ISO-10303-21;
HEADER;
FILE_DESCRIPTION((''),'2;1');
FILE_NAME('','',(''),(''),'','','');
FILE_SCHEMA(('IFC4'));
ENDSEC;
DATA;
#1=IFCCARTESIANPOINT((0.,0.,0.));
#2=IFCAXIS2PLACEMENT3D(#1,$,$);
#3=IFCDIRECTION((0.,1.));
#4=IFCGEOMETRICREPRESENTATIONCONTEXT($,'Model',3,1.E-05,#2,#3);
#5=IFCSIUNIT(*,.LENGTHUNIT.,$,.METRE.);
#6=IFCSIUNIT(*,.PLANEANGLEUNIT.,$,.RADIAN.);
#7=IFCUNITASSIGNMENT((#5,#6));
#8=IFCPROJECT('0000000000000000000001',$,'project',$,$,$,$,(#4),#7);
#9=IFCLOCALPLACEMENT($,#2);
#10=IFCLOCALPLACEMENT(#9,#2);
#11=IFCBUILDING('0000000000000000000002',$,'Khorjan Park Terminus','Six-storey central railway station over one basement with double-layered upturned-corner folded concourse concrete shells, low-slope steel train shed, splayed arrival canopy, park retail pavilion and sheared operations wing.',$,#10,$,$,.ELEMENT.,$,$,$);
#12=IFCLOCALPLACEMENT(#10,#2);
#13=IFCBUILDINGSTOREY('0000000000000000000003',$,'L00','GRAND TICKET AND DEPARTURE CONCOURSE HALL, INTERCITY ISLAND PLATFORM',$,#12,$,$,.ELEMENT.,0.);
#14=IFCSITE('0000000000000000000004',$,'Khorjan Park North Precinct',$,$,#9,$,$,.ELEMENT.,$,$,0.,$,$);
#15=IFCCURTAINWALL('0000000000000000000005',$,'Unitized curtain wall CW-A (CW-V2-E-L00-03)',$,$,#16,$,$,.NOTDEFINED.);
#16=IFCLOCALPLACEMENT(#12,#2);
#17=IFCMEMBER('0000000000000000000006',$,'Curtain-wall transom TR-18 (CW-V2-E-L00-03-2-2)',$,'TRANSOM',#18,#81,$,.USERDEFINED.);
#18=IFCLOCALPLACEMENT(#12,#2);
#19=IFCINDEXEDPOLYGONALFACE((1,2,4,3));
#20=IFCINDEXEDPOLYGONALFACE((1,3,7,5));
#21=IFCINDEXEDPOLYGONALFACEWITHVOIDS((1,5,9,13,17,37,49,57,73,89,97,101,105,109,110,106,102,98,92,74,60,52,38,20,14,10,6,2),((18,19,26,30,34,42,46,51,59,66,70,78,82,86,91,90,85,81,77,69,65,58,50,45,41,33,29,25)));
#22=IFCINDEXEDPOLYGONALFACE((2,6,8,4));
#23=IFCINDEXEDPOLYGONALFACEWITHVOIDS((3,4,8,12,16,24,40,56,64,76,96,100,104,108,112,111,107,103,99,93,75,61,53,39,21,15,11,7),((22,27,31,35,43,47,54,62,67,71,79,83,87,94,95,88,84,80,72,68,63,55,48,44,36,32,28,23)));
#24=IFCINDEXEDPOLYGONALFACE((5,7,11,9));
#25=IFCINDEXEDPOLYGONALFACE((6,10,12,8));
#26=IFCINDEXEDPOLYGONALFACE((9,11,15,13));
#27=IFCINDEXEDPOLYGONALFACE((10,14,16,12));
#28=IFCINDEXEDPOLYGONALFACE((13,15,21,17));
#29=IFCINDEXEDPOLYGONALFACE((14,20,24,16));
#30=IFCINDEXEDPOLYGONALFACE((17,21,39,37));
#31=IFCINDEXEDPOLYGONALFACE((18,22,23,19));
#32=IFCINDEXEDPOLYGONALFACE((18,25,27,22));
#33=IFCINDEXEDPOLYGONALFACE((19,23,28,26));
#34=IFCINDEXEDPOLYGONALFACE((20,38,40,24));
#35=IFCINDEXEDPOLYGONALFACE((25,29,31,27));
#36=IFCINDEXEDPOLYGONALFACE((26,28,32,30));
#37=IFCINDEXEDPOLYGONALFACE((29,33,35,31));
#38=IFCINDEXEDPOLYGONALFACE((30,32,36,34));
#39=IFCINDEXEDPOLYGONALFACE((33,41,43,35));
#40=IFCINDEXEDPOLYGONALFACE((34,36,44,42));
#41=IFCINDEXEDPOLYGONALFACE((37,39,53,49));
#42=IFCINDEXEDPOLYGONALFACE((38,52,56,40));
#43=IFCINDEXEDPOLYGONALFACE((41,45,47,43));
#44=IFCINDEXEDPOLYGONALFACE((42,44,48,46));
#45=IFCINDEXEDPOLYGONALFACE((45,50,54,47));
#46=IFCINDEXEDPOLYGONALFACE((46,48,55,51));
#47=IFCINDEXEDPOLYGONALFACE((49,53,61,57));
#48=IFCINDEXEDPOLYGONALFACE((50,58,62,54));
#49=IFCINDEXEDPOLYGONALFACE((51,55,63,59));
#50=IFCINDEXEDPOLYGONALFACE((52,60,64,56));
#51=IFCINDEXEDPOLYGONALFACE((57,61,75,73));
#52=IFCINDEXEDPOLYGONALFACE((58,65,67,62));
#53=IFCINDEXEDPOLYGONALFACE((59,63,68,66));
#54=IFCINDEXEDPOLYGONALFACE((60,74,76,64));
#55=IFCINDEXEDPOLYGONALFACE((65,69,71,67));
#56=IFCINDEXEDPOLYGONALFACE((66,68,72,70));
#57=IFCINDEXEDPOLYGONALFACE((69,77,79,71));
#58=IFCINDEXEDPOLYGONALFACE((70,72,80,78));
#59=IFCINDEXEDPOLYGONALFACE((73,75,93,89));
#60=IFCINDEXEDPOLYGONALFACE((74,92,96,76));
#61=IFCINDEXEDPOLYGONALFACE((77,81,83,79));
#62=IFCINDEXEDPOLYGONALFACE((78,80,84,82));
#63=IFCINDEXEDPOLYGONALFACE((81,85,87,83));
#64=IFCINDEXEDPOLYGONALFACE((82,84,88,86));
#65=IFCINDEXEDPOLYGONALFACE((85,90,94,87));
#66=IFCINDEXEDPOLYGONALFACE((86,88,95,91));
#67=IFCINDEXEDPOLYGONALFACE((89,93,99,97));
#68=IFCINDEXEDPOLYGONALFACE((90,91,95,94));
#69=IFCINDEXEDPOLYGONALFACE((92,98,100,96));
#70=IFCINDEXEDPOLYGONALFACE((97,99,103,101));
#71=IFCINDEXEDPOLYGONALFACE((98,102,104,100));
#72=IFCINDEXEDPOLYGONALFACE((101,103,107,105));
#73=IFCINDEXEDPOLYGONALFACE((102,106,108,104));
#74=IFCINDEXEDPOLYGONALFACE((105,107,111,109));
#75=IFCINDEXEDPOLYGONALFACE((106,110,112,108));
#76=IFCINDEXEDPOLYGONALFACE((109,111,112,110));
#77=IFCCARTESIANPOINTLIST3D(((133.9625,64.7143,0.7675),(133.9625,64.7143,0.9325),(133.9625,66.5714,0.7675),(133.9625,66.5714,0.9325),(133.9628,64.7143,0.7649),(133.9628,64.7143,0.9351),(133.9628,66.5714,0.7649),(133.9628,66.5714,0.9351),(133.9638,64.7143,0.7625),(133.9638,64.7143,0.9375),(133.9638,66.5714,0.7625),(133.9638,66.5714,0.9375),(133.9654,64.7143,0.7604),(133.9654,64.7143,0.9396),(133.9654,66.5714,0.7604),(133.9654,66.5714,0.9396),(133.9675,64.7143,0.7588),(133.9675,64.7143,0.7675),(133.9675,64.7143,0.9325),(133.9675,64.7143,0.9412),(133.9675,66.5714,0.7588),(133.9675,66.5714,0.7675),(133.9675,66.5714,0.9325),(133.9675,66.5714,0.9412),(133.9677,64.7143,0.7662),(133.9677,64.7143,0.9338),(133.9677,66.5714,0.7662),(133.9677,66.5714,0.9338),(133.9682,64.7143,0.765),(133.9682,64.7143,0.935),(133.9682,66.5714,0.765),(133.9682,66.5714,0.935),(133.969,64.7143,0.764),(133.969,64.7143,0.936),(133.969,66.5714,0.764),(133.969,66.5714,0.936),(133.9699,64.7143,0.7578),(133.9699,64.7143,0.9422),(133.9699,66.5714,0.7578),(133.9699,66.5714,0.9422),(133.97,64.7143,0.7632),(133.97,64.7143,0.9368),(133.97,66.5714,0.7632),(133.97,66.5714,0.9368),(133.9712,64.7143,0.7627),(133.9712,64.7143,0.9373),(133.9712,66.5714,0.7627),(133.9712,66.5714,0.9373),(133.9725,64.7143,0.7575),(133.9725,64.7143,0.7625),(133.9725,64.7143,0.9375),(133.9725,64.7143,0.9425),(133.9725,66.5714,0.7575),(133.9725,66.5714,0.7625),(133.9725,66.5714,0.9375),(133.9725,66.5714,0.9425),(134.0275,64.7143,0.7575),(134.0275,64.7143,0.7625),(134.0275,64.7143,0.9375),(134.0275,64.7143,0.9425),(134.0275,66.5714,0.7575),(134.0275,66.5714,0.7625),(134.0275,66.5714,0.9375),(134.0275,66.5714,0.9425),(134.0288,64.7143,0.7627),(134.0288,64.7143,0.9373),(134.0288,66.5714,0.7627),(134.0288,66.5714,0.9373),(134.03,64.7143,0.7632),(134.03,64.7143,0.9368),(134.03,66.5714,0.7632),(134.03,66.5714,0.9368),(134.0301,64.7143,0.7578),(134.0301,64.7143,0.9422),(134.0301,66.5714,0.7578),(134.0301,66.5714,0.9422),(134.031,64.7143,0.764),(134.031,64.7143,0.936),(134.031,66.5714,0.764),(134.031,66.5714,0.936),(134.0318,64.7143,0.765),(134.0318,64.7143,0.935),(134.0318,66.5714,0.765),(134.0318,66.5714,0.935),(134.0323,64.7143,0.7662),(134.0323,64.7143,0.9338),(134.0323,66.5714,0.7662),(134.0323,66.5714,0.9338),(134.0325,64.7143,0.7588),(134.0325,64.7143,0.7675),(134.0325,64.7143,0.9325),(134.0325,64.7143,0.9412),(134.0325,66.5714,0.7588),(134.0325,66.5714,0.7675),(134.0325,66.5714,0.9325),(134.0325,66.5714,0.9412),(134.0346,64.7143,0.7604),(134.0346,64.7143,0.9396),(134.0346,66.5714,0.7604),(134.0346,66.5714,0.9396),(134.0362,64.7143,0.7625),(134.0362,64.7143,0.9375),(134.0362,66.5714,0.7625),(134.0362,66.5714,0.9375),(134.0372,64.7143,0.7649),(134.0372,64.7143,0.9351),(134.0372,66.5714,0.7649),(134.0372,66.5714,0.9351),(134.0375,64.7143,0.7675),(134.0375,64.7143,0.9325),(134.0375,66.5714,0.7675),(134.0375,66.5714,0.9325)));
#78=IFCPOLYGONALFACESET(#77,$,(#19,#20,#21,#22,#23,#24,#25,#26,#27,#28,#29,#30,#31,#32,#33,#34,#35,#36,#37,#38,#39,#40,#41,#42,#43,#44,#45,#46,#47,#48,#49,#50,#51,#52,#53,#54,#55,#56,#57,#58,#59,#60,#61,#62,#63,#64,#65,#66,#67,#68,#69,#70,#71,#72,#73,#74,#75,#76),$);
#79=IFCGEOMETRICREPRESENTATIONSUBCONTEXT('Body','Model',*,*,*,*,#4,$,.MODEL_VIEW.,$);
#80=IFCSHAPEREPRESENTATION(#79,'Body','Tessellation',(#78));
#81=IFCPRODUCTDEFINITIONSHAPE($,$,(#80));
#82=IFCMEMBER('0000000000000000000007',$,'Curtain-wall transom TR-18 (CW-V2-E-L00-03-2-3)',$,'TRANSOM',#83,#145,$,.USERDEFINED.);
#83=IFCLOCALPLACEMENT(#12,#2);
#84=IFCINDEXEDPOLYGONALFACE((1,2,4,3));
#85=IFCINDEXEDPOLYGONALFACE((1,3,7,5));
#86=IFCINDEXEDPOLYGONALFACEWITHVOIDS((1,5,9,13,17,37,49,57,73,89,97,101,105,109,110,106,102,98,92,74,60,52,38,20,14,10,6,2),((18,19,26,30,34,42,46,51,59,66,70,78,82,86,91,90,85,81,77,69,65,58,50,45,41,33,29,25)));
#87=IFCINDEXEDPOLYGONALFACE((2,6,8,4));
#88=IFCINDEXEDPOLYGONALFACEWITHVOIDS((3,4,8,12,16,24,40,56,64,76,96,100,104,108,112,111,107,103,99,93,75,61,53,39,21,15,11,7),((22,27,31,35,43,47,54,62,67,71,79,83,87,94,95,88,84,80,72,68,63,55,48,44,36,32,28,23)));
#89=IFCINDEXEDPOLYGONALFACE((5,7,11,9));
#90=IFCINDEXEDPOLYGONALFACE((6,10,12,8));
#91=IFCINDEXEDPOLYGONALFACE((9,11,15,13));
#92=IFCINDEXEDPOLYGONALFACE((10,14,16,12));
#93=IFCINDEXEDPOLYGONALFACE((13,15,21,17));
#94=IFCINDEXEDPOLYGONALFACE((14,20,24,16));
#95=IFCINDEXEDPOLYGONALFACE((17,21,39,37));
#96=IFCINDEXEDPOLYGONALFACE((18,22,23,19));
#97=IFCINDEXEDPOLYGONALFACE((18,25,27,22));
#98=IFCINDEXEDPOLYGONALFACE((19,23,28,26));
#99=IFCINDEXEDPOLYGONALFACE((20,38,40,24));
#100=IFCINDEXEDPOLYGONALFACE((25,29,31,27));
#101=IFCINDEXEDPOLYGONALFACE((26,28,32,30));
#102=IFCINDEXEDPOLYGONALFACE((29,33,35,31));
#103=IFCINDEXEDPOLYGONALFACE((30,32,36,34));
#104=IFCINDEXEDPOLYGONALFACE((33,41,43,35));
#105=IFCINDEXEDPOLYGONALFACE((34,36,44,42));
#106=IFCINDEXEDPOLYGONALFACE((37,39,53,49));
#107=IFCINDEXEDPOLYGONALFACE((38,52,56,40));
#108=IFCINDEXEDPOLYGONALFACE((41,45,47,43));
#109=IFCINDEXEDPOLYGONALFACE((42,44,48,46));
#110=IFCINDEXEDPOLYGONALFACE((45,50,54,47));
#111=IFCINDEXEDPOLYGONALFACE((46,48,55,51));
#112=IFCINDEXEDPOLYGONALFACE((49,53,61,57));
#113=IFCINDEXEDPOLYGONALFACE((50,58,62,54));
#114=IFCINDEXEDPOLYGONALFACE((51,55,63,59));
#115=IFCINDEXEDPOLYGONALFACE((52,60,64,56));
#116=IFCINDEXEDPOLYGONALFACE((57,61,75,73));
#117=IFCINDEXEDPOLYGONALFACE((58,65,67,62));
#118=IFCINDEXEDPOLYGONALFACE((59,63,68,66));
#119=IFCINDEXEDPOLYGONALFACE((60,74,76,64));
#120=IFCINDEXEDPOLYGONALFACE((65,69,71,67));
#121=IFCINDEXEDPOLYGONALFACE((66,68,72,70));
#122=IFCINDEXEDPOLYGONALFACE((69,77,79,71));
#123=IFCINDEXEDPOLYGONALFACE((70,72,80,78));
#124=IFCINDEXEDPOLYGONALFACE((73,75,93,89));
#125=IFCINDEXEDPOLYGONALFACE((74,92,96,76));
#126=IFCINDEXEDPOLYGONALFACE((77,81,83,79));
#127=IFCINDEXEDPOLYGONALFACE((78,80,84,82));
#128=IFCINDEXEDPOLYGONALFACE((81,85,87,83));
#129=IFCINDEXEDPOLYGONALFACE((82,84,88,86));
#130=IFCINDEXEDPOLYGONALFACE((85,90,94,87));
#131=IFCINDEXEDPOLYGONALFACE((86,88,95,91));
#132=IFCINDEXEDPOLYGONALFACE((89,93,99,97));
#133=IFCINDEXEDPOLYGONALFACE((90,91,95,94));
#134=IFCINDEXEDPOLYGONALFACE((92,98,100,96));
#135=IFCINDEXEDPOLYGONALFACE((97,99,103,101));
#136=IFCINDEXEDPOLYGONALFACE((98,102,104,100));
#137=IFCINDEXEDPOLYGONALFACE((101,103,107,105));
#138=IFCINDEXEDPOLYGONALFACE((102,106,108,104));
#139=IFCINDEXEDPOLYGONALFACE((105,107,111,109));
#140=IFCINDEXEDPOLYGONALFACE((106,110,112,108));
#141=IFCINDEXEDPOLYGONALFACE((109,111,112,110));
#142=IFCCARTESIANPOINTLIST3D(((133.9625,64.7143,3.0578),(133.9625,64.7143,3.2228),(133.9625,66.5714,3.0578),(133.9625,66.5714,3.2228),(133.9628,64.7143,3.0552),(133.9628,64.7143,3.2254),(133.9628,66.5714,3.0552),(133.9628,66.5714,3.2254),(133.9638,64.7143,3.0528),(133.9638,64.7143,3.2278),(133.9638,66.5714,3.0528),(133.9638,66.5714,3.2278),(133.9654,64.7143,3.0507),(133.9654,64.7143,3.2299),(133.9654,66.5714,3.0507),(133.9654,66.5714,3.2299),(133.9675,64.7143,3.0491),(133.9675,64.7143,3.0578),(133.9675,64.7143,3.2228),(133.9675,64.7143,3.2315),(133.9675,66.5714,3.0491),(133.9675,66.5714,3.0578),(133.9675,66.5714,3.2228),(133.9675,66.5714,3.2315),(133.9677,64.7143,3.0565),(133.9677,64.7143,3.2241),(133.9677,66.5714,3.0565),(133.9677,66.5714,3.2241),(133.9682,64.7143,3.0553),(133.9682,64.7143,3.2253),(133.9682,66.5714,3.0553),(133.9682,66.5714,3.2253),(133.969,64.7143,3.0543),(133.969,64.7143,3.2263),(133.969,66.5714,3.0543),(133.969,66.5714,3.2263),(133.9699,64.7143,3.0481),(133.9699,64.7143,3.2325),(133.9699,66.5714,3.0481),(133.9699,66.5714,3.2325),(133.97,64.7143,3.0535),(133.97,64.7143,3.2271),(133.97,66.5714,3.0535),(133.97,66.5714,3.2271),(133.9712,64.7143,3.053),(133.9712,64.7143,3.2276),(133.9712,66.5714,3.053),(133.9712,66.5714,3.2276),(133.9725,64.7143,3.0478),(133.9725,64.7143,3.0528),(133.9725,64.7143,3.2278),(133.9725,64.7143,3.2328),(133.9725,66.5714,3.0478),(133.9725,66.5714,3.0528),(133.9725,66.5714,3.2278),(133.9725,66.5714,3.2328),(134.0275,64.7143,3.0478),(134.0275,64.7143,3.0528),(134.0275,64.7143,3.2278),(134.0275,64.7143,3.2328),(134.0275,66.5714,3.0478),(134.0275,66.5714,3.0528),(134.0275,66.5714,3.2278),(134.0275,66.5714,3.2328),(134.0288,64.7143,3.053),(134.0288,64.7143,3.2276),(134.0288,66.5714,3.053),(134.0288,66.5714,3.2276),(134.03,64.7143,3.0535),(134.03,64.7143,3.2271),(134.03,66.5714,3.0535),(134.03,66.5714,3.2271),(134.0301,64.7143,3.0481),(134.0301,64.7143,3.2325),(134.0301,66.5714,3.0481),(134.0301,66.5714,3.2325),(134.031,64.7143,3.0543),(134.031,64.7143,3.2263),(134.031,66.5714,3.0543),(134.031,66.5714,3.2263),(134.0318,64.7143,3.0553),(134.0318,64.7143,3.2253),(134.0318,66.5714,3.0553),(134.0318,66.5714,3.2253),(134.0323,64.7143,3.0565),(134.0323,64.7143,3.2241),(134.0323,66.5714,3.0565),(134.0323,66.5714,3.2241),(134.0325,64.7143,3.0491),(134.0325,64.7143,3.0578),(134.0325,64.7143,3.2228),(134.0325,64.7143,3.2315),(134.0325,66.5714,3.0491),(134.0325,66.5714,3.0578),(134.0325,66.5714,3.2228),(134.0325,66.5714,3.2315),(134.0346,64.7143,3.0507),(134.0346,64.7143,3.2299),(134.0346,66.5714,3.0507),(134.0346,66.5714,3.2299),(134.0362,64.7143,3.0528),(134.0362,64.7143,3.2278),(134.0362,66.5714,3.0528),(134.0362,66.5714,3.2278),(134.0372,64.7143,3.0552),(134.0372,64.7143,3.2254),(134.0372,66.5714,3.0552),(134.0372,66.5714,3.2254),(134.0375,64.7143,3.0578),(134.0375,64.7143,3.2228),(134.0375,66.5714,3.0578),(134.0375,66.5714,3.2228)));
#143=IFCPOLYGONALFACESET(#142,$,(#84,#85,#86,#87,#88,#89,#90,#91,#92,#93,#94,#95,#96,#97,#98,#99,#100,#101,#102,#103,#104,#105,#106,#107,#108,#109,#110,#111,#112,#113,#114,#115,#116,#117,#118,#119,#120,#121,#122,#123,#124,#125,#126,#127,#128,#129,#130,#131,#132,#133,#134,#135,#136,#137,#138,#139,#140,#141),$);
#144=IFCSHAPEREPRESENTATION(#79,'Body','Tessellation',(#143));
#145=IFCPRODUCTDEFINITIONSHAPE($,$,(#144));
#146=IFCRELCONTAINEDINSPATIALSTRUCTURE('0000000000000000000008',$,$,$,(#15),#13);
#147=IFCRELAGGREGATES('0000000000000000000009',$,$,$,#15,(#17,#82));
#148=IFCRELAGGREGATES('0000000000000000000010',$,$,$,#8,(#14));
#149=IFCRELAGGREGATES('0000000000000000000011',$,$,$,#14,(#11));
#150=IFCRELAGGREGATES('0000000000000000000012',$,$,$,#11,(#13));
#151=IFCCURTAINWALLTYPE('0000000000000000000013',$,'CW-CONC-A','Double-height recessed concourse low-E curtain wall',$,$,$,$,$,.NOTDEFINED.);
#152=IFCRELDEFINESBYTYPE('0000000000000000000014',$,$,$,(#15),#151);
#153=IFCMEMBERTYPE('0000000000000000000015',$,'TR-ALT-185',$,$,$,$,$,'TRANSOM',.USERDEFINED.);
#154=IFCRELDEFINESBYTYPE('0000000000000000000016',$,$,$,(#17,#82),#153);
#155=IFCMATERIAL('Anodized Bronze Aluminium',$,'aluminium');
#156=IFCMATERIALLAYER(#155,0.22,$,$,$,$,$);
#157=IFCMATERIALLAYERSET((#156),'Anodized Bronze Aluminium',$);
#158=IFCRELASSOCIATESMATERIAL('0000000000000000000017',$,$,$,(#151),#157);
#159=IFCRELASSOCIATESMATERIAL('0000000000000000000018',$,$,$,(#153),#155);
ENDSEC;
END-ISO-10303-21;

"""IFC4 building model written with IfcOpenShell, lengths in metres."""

from ifc_helpers import new_model, si_unit, direction, frame, origin, origin_2d, place, context, subcontext, project, spatial, hollow_rectangle, extrude, material, layer, layer_set, material_profile, profile_set, type_object, element, aggregate, save


model = new_model("IFC4")

# Units and contexts
model_context = context("Model", 3, precision=1e-05, world=origin(), true_north=direction((0.0, 1.0)))
body_context = subcontext(model_context, "Body", "Model", "MODEL_VIEW")
ifc_project = project(units=[si_unit("LENGTHUNIT", "METRE"), si_unit("PLANEANGLEUNIT", "RADIAN")], contexts=[model_context])

# Site, building, storey
site_placement = place(None, origin())
site = spatial("IfcSite", under=ifc_project, at=site_placement, Name="Khorjan Park North Precinct", CompositionType="ELEMENT", RefElevation=0.0)
building_placement = place(site_placement, origin())
building = spatial("IfcBuilding", under=site, at=building_placement, Name="Khorjan Park Terminus", Description="Six-storey central railway station over one basement with double-layered upturned-corner folded concourse concrete shells, low-slope steel train shed, splayed arrival canopy, park retail pavilion and sheared operations wing.", CompositionType="ELEMENT")
storey_placement = place(building_placement, origin())
storey = spatial("IfcBuildingStorey", under=building, at=storey_placement, Name="L00", Description="GRAND TICKET AND DEPARTURE CONCOURSE HALL, INTERCITY ISLAND PLATFORM", CompositionType="ELEMENT", Elevation=0.0)

# Shared definitions
ifc_material_1 = material(Name="Anodized Bronze Aluminium", Category="aluminium")

# Curtain wall
ifc_layer_1 = layer(ifc_material_1, 0.22)
ifc_layer_set_1 = layer_set([ifc_layer_1], Name="Anodized Bronze Aluminium")
curtain_wall_type_1 = type_object("IfcCurtainWallType", Name="CW-CONC-A", Description="Double-height recessed concourse low-E curtain wall", PredefinedType="NOTDEFINED", material=ifc_layer_set_1)
curtain_wall_1_placement = place(storey_placement, origin())
curtain_wall_1 = element("IfcCurtainWall", 1, at=curtain_wall_1_placement, inside=storey, type_object=curtain_wall_type_1, Name="Unitized curtain wall CW-A (CW-V2-E-L00-03)", PredefinedType="NOTDEFINED")

# Members
ifc_material_profile_1 = material_profile(ifc_material_1, hollow_rectangle(XDim=0.075, YDim=0.185, WallThickness=0.005, InnerFilletRadius=0.005, OuterFilletRadius=0.01, at=origin_2d()), Name="ALT 75x185x5")
ifc_profile_set_1 = profile_set([ifc_material_profile_1], Name="Anodized Bronze Aluminium")
member_type_1 = type_object("IfcMemberType", Name="TR-ALT-185", ElementType="TRANSOM", PredefinedType="USERDEFINED", material=ifc_profile_set_1)
member_1_placement = place(storey_placement, frame((134.0, 64.7143, 0.85), z_axis=(0.0, 1.0, 0.0), x_axis=(-1.0, 0.0, 0.0)))
member_1 = element("IfcMember", 2, at=member_1_placement, type_object=member_type_1, Name="Curtain-wall transom TR-18 (CW-V2-E-L00-03-2-2)", ObjectType="TRANSOM", PredefinedType="USERDEFINED", context=body_context, shape_type="SweptSolid", body=[
    extrude(hollow_rectangle(XDim=0.075, YDim=0.185, WallThickness=0.005, InnerFilletRadius=0.005, OuterFilletRadius=0.01, at=origin_2d()), origin(), (0.0, 0.0, 1.0), 1.8571),
])
member_2_placement = place(storey_placement, frame((134.0, 64.7143, 3.1403), z_axis=(0.0, 1.0, 0.0), x_axis=(-1.0, 0.0, 0.0)))
member_2 = element("IfcMember", 3, at=member_2_placement, type_object=member_type_1, Name="Curtain-wall transom TR-18 (CW-V2-E-L00-03-2-3)", ObjectType="TRANSOM", PredefinedType="USERDEFINED", context=body_context, shape_type="SweptSolid", body=[
    extrude(hollow_rectangle(XDim=0.075, YDim=0.185, WallThickness=0.005, InnerFilletRadius=0.005, OuterFilletRadius=0.01, at=origin_2d()), origin(), (0.0, 0.0, 1.0), 1.8571),
])

aggregate(curtain_wall_1, [member_1, member_2])

save(model, "model.ifc")
